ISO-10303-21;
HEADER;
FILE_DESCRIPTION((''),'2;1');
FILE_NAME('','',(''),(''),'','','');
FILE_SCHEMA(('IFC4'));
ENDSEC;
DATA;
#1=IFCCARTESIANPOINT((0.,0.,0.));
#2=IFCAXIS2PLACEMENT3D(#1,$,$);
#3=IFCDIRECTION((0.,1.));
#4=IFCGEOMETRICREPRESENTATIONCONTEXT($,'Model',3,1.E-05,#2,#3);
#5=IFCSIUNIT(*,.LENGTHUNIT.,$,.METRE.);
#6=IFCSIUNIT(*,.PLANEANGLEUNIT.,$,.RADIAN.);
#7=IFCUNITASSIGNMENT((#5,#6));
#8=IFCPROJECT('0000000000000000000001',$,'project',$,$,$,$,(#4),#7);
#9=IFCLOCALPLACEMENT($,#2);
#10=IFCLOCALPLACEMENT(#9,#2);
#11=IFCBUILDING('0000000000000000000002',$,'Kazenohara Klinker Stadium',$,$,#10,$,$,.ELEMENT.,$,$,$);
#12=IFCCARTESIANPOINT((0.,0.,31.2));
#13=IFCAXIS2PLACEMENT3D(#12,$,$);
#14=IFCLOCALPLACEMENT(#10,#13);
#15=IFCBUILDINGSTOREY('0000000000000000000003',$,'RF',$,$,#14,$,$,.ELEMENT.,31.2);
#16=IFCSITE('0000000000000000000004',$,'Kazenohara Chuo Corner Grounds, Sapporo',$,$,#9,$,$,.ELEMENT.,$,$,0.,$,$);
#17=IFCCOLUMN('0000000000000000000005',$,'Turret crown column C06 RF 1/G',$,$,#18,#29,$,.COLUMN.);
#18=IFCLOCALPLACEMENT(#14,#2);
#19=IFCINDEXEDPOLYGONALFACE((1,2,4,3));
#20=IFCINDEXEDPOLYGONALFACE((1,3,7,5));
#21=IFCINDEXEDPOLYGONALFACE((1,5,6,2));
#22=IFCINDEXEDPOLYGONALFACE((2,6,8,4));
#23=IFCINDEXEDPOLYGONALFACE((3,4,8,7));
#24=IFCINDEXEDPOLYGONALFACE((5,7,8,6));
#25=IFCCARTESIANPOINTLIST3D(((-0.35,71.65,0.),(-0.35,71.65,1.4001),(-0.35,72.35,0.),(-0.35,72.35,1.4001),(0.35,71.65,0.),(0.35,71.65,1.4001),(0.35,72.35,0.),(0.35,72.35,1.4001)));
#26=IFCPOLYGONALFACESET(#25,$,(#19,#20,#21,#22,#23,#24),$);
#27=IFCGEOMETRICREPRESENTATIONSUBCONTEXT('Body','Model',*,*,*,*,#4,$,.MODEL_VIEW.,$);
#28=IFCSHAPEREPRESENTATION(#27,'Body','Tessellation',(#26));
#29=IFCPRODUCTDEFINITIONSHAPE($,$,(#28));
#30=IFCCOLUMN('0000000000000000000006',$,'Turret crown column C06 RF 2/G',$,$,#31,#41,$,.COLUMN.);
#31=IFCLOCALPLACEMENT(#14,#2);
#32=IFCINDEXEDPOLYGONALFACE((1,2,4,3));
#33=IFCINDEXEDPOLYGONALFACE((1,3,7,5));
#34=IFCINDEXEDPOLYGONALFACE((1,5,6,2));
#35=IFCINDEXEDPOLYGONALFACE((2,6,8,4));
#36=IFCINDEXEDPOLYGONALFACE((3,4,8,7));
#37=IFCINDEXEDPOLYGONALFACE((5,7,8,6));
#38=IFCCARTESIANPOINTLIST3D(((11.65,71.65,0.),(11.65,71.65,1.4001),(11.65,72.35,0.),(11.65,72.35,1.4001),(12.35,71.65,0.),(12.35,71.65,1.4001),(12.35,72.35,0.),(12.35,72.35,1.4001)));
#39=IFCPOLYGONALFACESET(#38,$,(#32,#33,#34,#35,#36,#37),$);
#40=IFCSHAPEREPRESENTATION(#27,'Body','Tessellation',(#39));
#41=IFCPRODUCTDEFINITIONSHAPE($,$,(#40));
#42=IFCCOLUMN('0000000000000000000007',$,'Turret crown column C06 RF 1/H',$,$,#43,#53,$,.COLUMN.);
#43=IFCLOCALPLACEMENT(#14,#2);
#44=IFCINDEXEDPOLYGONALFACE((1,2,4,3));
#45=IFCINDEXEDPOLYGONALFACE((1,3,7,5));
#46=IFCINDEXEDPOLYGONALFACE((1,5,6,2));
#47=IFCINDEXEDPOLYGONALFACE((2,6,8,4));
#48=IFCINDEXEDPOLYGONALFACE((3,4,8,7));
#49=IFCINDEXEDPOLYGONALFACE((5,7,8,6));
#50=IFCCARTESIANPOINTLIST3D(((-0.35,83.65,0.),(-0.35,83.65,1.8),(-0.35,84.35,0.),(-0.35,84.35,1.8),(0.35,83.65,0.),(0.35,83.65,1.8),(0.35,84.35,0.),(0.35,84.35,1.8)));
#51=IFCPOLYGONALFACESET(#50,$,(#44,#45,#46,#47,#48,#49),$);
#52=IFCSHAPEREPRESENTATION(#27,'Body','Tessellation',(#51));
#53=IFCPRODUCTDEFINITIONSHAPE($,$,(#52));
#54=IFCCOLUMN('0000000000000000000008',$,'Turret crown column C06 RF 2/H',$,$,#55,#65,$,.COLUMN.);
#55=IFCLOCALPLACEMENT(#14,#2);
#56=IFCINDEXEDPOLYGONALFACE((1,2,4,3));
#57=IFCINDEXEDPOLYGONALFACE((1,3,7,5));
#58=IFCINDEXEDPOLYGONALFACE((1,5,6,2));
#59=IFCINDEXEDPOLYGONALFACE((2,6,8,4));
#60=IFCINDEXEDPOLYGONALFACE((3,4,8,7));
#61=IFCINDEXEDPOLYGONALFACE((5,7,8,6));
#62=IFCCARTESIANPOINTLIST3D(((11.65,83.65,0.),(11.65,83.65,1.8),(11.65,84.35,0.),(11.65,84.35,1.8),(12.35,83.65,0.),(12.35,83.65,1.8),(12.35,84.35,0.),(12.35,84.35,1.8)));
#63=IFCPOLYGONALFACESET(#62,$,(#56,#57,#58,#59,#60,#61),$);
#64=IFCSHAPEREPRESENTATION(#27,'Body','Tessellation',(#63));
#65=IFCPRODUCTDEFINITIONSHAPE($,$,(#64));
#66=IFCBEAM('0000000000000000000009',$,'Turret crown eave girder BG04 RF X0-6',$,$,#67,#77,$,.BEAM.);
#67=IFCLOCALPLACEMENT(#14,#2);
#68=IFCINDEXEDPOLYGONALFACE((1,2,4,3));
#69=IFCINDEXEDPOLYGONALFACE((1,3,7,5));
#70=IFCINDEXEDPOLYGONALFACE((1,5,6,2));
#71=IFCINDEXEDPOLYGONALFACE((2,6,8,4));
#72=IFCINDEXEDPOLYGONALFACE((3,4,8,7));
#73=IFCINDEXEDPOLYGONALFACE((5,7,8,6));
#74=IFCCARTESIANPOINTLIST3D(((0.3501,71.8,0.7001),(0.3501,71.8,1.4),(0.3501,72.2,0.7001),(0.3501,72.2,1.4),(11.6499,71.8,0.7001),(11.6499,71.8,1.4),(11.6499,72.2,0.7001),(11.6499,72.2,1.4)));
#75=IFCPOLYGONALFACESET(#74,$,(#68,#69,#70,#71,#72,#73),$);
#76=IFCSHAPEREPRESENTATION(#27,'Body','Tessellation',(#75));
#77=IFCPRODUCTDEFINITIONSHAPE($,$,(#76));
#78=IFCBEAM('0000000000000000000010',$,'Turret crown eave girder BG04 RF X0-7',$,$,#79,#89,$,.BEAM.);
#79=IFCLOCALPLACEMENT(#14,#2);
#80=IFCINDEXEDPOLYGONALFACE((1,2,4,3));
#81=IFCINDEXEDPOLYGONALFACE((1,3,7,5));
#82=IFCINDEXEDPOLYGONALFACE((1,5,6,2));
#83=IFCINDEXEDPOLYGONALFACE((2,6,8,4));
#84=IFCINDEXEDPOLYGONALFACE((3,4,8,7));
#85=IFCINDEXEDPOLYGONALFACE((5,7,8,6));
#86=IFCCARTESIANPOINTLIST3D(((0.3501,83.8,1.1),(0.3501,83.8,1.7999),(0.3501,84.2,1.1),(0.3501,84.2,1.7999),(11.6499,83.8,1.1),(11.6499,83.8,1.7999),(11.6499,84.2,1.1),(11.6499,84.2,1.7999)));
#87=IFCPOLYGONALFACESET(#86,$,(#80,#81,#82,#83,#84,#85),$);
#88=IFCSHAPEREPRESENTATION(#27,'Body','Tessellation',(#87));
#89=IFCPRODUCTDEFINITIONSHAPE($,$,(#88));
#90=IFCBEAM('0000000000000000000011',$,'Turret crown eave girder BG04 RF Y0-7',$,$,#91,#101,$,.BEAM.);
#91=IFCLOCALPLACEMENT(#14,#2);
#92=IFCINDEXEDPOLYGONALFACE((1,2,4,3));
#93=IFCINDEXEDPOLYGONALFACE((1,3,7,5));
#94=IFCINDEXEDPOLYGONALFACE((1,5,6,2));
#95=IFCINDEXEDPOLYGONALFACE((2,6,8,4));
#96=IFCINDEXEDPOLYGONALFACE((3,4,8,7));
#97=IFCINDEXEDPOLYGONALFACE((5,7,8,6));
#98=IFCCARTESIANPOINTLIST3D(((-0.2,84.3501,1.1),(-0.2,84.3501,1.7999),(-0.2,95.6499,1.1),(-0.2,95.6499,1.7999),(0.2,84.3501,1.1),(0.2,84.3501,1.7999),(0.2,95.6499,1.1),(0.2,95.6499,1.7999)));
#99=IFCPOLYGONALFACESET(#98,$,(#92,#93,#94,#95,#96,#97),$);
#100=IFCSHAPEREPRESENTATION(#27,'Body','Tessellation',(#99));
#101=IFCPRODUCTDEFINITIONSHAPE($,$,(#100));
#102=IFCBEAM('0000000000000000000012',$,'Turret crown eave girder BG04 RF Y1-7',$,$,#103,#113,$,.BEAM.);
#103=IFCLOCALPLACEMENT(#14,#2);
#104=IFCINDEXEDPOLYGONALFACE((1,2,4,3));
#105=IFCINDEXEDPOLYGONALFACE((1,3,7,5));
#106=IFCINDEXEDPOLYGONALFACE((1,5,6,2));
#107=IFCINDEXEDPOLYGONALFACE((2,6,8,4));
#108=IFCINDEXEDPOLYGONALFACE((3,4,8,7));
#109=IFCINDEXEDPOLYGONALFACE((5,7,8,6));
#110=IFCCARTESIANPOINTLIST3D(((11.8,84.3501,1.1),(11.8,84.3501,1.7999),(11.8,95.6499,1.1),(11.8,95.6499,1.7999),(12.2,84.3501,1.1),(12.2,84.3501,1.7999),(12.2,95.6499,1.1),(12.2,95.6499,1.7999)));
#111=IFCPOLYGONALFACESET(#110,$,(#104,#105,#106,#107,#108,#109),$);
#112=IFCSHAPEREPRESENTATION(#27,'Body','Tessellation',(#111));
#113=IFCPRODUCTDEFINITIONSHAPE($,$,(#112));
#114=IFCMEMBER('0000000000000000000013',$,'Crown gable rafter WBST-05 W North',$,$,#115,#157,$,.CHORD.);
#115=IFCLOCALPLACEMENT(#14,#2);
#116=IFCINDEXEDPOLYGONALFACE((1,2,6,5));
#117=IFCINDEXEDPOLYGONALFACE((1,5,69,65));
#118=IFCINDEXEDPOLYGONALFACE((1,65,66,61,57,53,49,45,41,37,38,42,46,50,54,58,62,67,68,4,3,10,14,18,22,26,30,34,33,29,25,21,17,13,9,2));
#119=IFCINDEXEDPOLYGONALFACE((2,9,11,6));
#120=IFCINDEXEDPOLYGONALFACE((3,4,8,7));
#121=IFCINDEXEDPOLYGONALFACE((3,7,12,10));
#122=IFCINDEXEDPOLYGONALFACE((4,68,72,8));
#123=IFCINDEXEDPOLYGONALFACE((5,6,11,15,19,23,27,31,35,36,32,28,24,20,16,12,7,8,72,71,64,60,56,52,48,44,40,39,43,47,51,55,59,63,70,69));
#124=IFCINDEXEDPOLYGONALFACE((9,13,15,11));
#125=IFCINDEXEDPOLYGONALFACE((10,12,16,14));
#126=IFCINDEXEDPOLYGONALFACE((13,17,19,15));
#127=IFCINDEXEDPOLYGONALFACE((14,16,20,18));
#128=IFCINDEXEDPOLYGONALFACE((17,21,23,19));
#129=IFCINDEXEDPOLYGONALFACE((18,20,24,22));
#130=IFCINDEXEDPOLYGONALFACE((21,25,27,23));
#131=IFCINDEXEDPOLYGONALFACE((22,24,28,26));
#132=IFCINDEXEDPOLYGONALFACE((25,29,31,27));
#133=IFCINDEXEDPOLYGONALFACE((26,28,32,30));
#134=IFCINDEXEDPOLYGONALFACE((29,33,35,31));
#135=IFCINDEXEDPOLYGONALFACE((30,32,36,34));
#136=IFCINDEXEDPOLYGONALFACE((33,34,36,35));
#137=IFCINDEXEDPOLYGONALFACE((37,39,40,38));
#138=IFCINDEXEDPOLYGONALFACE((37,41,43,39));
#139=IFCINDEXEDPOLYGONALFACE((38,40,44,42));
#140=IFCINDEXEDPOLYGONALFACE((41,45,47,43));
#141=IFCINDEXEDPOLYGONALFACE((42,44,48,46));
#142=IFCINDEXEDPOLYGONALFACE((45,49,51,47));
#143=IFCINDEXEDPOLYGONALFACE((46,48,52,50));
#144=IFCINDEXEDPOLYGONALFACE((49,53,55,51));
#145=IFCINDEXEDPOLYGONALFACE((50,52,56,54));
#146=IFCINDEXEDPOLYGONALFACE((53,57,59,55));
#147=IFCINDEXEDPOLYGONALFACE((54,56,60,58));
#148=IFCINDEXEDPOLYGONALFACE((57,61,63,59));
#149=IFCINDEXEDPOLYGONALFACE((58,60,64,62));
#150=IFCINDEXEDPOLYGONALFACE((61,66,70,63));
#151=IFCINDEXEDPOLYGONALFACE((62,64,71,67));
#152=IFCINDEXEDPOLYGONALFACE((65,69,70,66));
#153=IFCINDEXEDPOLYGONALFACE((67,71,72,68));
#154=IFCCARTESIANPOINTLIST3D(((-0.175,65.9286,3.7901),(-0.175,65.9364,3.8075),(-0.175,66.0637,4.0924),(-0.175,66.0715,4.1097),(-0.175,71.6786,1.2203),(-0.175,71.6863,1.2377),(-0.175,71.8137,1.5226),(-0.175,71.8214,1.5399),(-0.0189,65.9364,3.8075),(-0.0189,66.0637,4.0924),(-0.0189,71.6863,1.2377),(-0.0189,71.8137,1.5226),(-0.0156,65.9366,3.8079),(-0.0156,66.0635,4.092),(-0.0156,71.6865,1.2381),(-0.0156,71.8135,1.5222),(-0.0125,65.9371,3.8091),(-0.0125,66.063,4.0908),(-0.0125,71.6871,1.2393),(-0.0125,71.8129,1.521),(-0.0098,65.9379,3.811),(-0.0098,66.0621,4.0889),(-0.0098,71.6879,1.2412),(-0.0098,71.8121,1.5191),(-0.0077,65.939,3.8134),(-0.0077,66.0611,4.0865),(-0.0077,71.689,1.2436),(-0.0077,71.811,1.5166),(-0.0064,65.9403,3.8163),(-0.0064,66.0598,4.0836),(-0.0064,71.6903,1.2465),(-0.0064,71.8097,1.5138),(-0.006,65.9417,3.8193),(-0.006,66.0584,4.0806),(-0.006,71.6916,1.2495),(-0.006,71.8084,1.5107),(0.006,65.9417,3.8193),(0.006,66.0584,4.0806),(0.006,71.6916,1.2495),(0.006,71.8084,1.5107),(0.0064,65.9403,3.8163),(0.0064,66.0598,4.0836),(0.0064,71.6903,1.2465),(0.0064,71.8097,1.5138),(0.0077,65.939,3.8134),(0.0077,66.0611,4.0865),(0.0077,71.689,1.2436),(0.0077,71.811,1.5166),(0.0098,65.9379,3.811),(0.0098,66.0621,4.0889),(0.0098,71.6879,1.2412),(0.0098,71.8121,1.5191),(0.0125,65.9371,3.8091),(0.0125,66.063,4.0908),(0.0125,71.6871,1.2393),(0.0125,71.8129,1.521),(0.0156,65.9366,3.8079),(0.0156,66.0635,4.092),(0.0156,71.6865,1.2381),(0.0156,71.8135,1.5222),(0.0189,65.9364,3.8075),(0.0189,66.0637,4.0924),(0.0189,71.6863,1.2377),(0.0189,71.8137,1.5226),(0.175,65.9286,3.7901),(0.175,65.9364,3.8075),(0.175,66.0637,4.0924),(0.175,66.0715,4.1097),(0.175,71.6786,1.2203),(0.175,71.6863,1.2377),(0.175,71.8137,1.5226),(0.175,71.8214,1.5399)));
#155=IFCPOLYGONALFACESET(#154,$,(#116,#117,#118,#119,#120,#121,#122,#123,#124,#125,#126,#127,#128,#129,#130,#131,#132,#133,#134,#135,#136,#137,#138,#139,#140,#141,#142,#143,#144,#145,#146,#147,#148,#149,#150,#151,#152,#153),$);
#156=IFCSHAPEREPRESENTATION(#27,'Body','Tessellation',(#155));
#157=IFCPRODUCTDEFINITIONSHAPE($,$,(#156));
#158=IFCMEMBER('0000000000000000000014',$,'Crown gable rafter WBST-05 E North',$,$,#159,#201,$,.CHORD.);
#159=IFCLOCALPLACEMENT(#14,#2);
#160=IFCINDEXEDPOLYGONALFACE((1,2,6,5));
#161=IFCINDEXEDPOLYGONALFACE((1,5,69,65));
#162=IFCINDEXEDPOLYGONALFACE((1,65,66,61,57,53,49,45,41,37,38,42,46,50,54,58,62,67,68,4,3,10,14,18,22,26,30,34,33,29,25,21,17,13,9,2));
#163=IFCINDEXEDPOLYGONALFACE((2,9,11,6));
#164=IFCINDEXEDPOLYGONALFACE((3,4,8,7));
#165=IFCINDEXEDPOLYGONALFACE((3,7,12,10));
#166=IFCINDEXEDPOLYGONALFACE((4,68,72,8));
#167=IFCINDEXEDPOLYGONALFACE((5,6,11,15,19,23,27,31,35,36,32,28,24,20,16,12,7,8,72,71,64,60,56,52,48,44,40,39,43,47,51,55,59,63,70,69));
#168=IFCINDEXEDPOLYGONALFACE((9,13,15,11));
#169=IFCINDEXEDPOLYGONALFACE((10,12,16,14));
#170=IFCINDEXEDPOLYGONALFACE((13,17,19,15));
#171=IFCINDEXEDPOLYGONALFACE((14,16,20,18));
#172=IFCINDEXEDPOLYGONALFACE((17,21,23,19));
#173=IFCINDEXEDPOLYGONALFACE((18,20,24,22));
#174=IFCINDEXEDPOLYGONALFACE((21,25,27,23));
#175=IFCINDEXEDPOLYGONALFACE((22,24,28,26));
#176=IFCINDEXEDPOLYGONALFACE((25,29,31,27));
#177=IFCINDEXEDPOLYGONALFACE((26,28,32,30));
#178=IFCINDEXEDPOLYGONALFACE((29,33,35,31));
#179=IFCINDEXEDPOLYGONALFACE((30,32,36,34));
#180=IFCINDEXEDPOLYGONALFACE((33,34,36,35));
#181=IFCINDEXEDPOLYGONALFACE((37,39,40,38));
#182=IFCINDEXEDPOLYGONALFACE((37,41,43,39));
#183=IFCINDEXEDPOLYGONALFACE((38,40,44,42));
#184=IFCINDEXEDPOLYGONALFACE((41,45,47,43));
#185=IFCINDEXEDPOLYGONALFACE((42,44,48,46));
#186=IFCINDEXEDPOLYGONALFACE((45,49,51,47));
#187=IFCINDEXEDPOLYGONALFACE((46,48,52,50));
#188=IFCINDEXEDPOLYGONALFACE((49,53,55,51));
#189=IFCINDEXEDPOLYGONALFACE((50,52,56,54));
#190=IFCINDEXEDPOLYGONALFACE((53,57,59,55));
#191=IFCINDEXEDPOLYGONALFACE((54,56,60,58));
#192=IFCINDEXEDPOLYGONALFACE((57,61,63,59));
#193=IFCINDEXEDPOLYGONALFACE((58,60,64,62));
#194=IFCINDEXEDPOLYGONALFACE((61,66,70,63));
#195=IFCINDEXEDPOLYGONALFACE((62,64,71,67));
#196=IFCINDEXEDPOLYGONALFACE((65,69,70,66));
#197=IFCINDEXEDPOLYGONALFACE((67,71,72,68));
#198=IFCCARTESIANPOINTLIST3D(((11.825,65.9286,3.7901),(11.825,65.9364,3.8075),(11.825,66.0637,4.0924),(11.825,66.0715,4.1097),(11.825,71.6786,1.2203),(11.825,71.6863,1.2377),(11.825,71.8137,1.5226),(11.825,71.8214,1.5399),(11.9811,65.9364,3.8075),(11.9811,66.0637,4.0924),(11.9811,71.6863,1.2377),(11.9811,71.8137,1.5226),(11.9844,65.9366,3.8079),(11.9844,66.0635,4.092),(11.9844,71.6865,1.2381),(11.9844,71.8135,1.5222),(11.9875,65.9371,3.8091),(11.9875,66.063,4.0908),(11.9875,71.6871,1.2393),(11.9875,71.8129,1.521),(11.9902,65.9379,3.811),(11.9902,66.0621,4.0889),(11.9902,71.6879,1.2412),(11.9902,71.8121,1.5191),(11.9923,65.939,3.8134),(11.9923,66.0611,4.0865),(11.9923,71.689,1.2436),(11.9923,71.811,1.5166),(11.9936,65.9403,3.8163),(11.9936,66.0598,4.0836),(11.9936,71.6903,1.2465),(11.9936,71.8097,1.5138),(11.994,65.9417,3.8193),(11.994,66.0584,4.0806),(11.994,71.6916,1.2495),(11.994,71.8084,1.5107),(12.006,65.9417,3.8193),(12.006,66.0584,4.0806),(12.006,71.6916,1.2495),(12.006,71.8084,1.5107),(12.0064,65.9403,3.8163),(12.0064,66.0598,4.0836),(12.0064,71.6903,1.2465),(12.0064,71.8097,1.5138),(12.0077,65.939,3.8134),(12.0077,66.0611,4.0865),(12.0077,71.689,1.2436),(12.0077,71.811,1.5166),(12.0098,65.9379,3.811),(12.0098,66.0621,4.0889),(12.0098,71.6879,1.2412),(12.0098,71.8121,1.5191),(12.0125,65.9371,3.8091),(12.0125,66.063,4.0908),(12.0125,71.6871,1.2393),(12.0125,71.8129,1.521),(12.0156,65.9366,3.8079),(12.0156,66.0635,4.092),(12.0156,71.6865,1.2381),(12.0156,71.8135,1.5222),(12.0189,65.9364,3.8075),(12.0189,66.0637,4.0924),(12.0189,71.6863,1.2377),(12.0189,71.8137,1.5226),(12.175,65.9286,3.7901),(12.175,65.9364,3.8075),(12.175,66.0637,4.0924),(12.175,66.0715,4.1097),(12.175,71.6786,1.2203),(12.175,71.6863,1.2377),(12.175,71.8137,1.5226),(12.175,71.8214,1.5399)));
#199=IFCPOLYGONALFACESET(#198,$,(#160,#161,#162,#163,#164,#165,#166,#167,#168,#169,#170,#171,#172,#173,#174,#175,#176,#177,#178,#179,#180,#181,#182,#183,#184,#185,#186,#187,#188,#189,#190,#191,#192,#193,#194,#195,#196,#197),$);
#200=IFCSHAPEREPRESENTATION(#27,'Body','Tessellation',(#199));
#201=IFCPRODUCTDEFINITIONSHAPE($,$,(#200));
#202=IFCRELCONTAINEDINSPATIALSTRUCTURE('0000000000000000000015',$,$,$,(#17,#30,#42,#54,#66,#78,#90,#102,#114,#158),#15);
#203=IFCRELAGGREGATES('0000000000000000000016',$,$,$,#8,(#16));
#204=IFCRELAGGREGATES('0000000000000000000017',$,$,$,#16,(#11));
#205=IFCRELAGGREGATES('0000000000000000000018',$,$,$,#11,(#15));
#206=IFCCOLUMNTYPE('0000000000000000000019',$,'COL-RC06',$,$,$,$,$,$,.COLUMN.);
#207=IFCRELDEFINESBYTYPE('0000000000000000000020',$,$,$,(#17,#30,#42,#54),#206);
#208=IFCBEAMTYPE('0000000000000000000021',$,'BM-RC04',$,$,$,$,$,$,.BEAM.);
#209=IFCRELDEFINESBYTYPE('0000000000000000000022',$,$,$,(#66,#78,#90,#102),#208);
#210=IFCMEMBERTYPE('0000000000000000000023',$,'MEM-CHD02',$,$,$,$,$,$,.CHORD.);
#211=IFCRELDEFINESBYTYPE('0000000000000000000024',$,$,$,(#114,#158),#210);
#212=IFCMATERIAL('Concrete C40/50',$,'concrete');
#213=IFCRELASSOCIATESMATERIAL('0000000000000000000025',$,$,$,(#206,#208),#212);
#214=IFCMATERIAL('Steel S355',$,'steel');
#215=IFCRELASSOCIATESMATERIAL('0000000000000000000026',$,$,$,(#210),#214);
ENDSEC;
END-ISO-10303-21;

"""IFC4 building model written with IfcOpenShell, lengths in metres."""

from ifc_helpers import new_model, si_unit, direction, frame, origin, origin_2d, place, context, subcontext, project, spatial, rectangle, i_section, extrude, material, material_profile, profile_set, type_object, element, save


model = new_model("IFC4")

# Units and contexts
model_context = context("Model", 3, precision=1e-05, world=origin(), true_north=direction((0.0, 1.0)))
body_context = subcontext(model_context, "Body", "Model", "MODEL_VIEW")
ifc_project = project(units=[si_unit("LENGTHUNIT", "METRE"), si_unit("PLANEANGLEUNIT", "RADIAN")], contexts=[model_context])

# Site, building, storey
site_placement = place(None, origin())
site = spatial("IfcSite", under=ifc_project, at=site_placement, Name="Kazenohara Chuo Corner Grounds, Sapporo", CompositionType="ELEMENT", RefElevation=0.0)
building_placement = place(site_placement, origin())
building = spatial("IfcBuilding", under=site, at=building_placement, Name="Kazenohara Klinker Stadium", CompositionType="ELEMENT")
storey_placement = place(building_placement, frame((0.0, 0.0, 31.2)))
storey = spatial("IfcBuildingStorey", under=building, at=storey_placement, Name="RF", CompositionType="ELEMENT", Elevation=31.2)

# Columns
ifc_material_1 = material(Name="Concrete C40/50", Category="concrete")
ifc_material_profile_1 = material_profile(ifc_material_1, rectangle(XDim=0.7, YDim=0.7, at=origin_2d()), Name="RC-COL-700x700")
ifc_profile_set_1 = profile_set([ifc_material_profile_1], Name="Concrete C40/50")
column_type = type_object("IfcColumnType", Name="COL-RC06", PredefinedType="COLUMN", material=ifc_profile_set_1)
for number, where, z_axis, x_axis, name in (
    (1, (0.0, 72.0, 0.0), (0.0, 0.0, 1.0), (1.0, 0.0, 0.0), "Turret crown column C06 RF 1/G"),
    (2, (12.0, 72.0, 0.0), (0.0, 0.0, 1.0), (1.0, 0.0, 0.0), "Turret crown column C06 RF 2/G"),
):
    element("IfcColumn", number, at=place(storey_placement, frame(where, z_axis=z_axis, x_axis=x_axis)), inside=storey, type_object=column_type, Name=name, PredefinedType="COLUMN", context=body_context, shape_type="SweptSolid", body=[
        extrude(rectangle(XDim=0.7, YDim=0.7, at=origin_2d()), origin(), (0.0, 0.0, 1.0), 1.4001),
    ])
for number, where, z_axis, x_axis, name in (
    (3, (0.0, 84.0, 0.0), (0.0, 0.0, 1.0), (1.0, 0.0, 0.0), "Turret crown column C06 RF 1/H"),
    (4, (12.0, 84.0, 0.0), (0.0, 0.0, 1.0), (1.0, 0.0, 0.0), "Turret crown column C06 RF 2/H"),
):
    element("IfcColumn", number, at=place(storey_placement, frame(where, z_axis=z_axis, x_axis=x_axis)), inside=storey, type_object=column_type, Name=name, PredefinedType="COLUMN", context=body_context, shape_type="SweptSolid", body=[
        extrude(rectangle(XDim=0.7, YDim=0.7, at=origin_2d()), origin(), (0.0, 0.0, 1.0), 1.8),
    ])

# Beams
ifc_material_profile_2 = material_profile(ifc_material_1, rectangle(XDim=0.3999, YDim=0.7, at=origin_2d()), Name="RC-BM-400x700")
ifc_profile_set_2 = profile_set([ifc_material_profile_2], Name="Concrete C40/50")
beam_type = type_object("IfcBeamType", Name="BM-RC04", PredefinedType="BEAM", material=ifc_profile_set_2)
for number, where, z_axis, x_axis, name in (
    (5, (0.3501, 72.0, 1.05), (1.0, 0.0, 0.0), (0.0, 1.0, 0.0), "Turret crown eave girder BG04 RF X0-6"),
    (6, (0.3501, 84.0, 1.45), (1.0, 0.0, 0.0), (0.0, 1.0, 0.0), "Turret crown eave girder BG04 RF X0-7"),
    (7, (0.0, 84.3501, 1.45), (0.0, 1.0, 0.0), (-1.0, 0.0, 0.0), "Turret crown eave girder BG04 RF Y0-7"),
    (8, (12.0, 84.3501, 1.45), (0.0, 1.0, 0.0), (-1.0, 0.0, 0.0), "Turret crown eave girder BG04 RF Y1-7"),
):
    element("IfcBeam", number, at=place(storey_placement, frame(where, z_axis=z_axis, x_axis=x_axis)), inside=storey, type_object=beam_type, Name=name, PredefinedType="BEAM", context=body_context, shape_type="SweptSolid", body=[
        extrude(rectangle(XDim=0.3999, YDim=0.7, at=origin_2d()), origin(), (0.0, 0.0, 1.0), 11.2998),
    ])

# Members
ifc_material_2 = material(Name="Steel S355", Category="steel")
ifc_material_profile_3 = material_profile(ifc_material_2, i_section(OverallWidth=0.3501, OverallDepth=0.3501, WebThickness=0.012, FlangeThickness=0.019, FilletRadius=0.0129, at=origin_2d()), Name="H-350x350x12x19")
ifc_profile_set_3 = profile_set([ifc_material_profile_3], Name="Steel S355")
member_type_1 = type_object("IfcMemberType", Name="MEM-CHD02", PredefinedType="CHORD", material=ifc_profile_set_3)
for number, where, z_axis, x_axis, name in (
    (9, (0.0, 71.75, 1.3801), (0.0, -0.912969, 0.408029), (1.0, 0.0, 0.0), "Crown gable rafter WBST-05 W North"),
    (10, (12.0, 71.75, 1.3801), (0.0, -0.912969, 0.408029), (1.0, 0.0, 0.0), "Crown gable rafter WBST-05 E North"),
):
    element("IfcMember", number, at=place(storey_placement, frame(where, z_axis=z_axis, x_axis=x_axis)), inside=storey, type_object=member_type_1, Name=name, PredefinedType="CHORD", context=body_context, shape_type="SweptSolid", body=[
        extrude(i_section(OverallWidth=0.3501, OverallDepth=0.3501, WebThickness=0.012, FlangeThickness=0.019, FilletRadius=0.0129, at=origin_2d()), origin(), (0.0, 0.0, 1.0), 6.2981),
    ])

save(model, "model.ifc")
